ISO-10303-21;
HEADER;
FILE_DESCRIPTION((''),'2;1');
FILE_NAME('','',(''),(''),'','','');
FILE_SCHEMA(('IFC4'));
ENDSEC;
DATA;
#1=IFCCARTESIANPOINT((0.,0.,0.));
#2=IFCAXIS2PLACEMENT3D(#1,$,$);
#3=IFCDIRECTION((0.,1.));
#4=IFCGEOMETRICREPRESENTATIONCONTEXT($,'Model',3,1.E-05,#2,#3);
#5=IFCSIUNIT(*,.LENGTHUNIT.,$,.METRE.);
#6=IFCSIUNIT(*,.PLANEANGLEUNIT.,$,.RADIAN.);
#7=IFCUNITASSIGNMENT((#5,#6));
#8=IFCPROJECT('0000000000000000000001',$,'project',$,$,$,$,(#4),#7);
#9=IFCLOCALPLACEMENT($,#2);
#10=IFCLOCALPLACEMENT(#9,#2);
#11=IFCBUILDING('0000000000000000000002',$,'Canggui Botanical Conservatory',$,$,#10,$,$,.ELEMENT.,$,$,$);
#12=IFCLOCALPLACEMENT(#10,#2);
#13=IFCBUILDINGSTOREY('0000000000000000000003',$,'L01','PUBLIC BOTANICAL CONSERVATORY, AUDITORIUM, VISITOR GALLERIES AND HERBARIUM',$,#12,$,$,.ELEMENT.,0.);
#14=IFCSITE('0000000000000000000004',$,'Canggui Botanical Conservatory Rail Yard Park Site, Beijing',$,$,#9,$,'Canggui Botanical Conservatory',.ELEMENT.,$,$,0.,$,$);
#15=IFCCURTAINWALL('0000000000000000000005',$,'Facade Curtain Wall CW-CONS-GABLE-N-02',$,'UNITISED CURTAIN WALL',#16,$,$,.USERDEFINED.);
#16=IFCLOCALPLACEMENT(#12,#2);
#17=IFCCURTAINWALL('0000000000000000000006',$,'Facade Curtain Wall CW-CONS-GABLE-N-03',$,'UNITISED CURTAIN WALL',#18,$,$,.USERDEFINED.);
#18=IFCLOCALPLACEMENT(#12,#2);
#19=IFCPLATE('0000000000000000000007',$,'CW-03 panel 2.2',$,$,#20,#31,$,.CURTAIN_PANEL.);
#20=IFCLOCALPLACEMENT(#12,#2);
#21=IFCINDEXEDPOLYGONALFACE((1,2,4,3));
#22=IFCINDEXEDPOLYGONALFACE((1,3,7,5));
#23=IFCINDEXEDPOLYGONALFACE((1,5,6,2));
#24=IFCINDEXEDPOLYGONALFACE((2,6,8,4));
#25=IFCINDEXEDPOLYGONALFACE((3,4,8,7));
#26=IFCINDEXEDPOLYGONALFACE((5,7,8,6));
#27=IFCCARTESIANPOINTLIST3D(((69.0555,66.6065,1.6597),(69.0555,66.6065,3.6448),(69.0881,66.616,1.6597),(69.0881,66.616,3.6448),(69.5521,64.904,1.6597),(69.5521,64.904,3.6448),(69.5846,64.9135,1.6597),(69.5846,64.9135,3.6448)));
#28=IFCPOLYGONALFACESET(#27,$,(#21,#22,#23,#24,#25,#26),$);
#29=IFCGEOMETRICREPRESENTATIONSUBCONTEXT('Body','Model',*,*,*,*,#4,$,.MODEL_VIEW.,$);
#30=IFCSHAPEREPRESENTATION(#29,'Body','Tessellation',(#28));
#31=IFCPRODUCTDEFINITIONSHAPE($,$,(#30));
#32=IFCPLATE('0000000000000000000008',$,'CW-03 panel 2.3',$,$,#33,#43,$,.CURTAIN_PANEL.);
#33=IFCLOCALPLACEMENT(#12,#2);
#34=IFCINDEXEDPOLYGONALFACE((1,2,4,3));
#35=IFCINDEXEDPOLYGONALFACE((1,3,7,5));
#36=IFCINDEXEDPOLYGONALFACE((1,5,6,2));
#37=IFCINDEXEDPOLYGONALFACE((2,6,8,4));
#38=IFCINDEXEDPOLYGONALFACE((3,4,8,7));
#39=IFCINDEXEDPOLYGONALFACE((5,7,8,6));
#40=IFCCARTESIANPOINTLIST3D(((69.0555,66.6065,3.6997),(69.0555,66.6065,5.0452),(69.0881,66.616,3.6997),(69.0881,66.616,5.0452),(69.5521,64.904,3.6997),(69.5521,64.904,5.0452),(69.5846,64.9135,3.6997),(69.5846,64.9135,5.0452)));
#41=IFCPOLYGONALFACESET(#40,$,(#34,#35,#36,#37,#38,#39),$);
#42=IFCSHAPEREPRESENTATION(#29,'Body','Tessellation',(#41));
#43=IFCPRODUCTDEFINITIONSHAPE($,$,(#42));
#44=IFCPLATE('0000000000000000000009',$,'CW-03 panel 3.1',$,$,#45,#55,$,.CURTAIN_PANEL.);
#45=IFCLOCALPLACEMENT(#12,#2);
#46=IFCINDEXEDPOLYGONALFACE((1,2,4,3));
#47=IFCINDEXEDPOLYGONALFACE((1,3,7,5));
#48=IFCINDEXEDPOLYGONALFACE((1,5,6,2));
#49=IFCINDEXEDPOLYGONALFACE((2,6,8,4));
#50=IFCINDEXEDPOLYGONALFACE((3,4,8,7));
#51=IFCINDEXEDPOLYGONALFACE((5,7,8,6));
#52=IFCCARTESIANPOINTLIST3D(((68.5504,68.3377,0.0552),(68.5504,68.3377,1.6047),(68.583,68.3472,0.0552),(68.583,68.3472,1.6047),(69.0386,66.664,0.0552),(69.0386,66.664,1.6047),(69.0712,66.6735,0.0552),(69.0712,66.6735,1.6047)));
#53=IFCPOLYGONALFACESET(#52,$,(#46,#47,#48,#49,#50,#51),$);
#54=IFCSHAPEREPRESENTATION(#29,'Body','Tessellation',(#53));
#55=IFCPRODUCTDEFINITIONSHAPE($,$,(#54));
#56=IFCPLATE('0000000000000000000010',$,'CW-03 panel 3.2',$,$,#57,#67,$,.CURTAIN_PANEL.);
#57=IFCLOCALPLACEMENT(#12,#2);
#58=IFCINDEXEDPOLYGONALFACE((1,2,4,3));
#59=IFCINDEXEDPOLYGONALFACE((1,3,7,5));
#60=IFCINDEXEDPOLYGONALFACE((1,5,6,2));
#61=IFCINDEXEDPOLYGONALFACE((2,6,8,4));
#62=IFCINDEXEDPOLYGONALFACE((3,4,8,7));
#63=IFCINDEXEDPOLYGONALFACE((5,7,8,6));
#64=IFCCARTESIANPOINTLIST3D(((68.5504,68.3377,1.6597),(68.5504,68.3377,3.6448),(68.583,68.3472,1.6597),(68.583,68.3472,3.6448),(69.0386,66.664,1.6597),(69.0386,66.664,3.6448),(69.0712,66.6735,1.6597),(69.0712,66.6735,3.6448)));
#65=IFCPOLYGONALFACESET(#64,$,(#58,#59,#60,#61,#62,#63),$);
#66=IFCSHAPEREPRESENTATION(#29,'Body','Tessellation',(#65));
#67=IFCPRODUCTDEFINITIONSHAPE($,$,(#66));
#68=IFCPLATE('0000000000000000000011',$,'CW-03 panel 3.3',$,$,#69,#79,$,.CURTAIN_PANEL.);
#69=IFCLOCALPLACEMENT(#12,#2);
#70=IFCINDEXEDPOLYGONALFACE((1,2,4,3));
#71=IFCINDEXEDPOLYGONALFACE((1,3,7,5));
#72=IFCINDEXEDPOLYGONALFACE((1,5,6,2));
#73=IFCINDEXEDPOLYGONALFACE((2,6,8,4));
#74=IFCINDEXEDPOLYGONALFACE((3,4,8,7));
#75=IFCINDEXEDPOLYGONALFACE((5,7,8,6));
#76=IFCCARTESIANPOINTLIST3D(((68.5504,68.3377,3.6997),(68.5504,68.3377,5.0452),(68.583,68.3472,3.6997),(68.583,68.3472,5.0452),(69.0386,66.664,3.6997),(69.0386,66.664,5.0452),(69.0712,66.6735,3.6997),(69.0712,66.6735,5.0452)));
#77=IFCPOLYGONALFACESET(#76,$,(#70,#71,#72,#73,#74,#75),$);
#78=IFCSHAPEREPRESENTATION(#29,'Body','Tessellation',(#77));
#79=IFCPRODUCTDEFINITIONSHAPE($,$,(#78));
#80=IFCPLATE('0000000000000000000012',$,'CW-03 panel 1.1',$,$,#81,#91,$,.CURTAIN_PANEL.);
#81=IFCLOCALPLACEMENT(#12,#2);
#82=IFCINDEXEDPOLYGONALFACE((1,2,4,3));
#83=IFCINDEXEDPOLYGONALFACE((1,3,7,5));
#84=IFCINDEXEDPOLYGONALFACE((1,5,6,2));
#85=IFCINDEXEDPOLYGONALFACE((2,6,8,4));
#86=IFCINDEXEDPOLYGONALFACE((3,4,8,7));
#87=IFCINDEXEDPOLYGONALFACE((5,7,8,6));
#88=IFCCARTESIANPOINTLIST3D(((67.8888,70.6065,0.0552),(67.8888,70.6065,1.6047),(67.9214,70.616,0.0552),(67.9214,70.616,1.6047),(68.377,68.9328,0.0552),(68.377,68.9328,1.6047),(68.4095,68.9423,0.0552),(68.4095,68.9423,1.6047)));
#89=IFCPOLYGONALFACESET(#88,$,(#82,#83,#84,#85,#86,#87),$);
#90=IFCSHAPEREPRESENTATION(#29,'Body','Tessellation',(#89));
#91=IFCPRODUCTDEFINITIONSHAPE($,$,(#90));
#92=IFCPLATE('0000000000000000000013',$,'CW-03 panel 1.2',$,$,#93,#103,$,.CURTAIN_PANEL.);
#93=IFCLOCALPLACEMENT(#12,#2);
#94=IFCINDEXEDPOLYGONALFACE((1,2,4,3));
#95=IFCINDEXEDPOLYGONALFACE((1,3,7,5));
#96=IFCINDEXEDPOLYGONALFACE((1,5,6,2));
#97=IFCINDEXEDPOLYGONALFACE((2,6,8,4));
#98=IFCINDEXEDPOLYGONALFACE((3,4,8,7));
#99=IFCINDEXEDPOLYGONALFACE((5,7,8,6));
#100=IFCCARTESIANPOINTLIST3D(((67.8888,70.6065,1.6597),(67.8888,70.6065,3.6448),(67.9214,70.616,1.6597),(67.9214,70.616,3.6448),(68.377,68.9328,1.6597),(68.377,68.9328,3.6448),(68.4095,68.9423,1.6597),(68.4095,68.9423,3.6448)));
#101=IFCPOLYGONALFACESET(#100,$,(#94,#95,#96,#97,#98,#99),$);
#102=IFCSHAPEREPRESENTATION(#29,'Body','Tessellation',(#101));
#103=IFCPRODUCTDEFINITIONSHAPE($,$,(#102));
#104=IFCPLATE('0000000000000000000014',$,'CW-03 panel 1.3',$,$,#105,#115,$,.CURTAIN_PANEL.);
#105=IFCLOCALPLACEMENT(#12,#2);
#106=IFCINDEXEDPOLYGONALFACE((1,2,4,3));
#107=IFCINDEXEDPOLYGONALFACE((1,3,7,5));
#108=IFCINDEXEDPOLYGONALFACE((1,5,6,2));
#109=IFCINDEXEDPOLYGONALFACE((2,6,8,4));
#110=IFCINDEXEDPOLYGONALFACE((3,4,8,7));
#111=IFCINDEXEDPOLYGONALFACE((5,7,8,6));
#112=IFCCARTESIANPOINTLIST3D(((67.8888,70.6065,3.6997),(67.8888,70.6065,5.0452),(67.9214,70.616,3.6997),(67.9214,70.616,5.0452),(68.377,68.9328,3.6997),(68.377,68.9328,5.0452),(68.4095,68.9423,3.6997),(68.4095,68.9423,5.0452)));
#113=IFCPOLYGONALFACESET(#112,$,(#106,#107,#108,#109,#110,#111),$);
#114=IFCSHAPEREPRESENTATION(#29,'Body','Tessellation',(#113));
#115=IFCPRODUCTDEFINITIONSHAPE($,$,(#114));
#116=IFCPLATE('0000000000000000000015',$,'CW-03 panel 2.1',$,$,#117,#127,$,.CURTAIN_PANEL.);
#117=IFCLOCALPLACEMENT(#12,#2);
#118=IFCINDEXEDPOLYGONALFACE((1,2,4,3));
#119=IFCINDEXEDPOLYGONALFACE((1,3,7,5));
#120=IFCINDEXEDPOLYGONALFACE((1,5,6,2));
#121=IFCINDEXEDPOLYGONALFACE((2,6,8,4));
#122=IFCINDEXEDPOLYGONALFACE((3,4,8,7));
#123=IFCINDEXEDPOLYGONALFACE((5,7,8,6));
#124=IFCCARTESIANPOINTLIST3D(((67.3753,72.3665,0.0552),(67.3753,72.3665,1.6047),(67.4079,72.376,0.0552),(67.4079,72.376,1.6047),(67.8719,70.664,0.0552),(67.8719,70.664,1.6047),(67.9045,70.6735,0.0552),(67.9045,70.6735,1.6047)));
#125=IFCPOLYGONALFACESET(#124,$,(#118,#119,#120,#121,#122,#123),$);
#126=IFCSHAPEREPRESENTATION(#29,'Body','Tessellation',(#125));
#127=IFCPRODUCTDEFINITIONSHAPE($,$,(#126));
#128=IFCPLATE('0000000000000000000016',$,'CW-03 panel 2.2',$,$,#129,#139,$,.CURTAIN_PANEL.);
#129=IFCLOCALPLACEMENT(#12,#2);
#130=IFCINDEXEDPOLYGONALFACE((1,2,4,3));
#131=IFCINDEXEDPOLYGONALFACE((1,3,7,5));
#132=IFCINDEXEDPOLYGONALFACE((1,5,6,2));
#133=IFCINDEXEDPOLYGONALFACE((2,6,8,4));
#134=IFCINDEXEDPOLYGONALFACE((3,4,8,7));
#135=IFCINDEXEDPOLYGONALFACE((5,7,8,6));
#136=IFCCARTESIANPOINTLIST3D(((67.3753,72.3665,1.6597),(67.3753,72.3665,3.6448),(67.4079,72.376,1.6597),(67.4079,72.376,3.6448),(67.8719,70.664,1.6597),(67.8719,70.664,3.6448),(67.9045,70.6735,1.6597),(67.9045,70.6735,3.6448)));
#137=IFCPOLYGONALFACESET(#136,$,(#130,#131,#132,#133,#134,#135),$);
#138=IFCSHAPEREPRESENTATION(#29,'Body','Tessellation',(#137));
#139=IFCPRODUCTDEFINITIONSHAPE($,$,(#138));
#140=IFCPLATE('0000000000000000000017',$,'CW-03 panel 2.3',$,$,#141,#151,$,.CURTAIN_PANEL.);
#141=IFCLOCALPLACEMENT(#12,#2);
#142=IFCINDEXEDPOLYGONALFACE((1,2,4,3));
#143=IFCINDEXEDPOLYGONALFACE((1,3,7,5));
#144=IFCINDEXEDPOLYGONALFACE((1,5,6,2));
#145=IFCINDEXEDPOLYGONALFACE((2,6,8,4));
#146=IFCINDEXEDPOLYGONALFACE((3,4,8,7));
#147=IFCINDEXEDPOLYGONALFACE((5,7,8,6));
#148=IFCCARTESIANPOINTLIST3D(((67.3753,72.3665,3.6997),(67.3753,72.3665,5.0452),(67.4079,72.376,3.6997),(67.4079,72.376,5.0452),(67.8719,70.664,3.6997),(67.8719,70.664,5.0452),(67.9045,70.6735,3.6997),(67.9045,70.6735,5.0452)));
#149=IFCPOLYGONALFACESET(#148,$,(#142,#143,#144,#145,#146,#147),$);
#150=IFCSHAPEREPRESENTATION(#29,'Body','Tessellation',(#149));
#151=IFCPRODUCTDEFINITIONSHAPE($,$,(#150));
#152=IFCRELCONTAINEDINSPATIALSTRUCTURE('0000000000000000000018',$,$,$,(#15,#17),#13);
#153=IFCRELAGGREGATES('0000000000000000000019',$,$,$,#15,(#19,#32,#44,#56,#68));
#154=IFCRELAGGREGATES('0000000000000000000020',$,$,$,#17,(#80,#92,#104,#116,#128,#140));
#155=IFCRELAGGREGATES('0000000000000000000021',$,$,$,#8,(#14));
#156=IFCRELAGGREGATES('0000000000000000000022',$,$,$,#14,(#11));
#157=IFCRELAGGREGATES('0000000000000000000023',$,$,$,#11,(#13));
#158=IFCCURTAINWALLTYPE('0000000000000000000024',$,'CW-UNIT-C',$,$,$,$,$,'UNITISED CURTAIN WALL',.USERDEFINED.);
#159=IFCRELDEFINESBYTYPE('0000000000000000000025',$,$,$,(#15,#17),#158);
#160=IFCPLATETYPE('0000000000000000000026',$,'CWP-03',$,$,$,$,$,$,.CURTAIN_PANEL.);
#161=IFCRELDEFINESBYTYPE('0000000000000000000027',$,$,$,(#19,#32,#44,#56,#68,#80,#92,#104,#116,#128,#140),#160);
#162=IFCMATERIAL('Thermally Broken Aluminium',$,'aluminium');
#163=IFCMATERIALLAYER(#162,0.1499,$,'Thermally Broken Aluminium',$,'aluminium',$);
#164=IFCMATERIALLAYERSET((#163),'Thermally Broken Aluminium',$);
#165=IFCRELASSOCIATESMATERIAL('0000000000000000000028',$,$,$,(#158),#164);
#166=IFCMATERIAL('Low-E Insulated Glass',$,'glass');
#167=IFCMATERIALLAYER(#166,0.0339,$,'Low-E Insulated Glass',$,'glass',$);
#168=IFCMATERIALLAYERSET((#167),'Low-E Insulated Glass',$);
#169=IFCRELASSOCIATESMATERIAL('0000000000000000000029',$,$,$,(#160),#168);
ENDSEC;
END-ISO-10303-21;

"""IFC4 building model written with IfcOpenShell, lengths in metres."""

from ifc_helpers import new_model, si_unit, direction, frame, origin, origin_2d, place, context, subcontext, project, spatial, rectangle, extrude, material, layer, layer_set, type_object, element, aggregate, save


model = new_model("IFC4")

# Units and contexts
model_context = context("Model", 3, precision=1e-05, world=origin(), true_north=direction((0.0, 1.0)))
body_context = subcontext(model_context, "Body", "Model", "MODEL_VIEW")
ifc_project = project(units=[si_unit("LENGTHUNIT", "METRE"), si_unit("PLANEANGLEUNIT", "RADIAN")], contexts=[model_context])

# Site, building, storey
site_placement = place(None, origin())
site = spatial("IfcSite", under=ifc_project, at=site_placement, Name="Canggui Botanical Conservatory Rail Yard Park Site, Beijing", LongName="Canggui Botanical Conservatory", CompositionType="ELEMENT", RefElevation=0.0)
building_placement = place(site_placement, origin())
building = spatial("IfcBuilding", under=site, at=building_placement, Name="Canggui Botanical Conservatory", CompositionType="ELEMENT")
storey_placement = place(building_placement, origin())
storey = spatial("IfcBuildingStorey", under=building, at=storey_placement, Name="L01", Description="PUBLIC BOTANICAL CONSERVATORY, AUDITORIUM, VISITOR GALLERIES AND HERBARIUM", CompositionType="ELEMENT", Elevation=0.0)

# Curtain walls
ifc_material_1 = material(Name="Thermally Broken Aluminium", Category="aluminium")
ifc_layer_1 = layer(ifc_material_1, 0.1499, Name="Thermally Broken Aluminium", Category="aluminium")
ifc_layer_set_1 = layer_set([ifc_layer_1], Name="Thermally Broken Aluminium")
curtain_wall_type = type_object("IfcCurtainWallType", Name="CW-UNIT-C", ElementType="UNITISED CURTAIN WALL", PredefinedType="USERDEFINED", material=ifc_layer_set_1)
curtain_wall_1_placement = place(storey_placement, origin())
curtain_wall_1 = element("IfcCurtainWall", 1, at=curtain_wall_1_placement, inside=storey, type_object=curtain_wall_type, Name="Facade Curtain Wall CW-CONS-GABLE-N-02", ObjectType="UNITISED CURTAIN WALL", PredefinedType="USERDEFINED")
curtain_wall_2_placement = place(storey_placement, origin())
curtain_wall_2 = element("IfcCurtainWall", 2, at=curtain_wall_2_placement, inside=storey, type_object=curtain_wall_type, Name="Facade Curtain Wall CW-CONS-GABLE-N-03", ObjectType="UNITISED CURTAIN WALL", PredefinedType="USERDEFINED")

# Plates
ifc_material_2 = material(Name="Low-E Insulated Glass", Category="glass")
ifc_layer_2 = layer(ifc_material_2, 0.0339, Name="Low-E Insulated Glass", Category="glass")
ifc_layer_set_2 = layer_set([ifc_layer_2], Name="Low-E Insulated Glass")
plate_type = type_object("IfcPlateType", Name="CWP-03", PredefinedType="CURTAIN_PANEL", material=ifc_layer_set_2)
plate_1_placement = place(storey_placement, frame((69.3201, 65.76, 1.6597), z_axis=(0.0, 0.0, 1.0), x_axis=(-0.28, 0.96, 0.0)))
plate_1 = element("IfcPlate", 3, at=plate_1_placement, type_object=plate_type, Name="CW-03 panel 2.2", PredefinedType="CURTAIN_PANEL", context=body_context, shape_type="SweptSolid", body=[
    extrude(rectangle(XDim=1.7734, YDim=0.0339, at=origin_2d()), origin(), (0.0, 0.0, 1.0), 1.9851),
])
plate_2_placement = place(storey_placement, frame((69.3201, 65.76, 3.6997), z_axis=(0.0, 0.0, 1.0), x_axis=(-0.28, 0.96, 0.0)))
plate_2 = element("IfcPlate", 4, at=plate_2_placement, type_object=plate_type, Name="CW-03 panel 2.3", PredefinedType="CURTAIN_PANEL", context=body_context, shape_type="SweptSolid", body=[
    extrude(rectangle(XDim=1.7734, YDim=0.0339, at=origin_2d()), origin(), (0.0, 0.0, 1.0), 1.3455),
])
plate_3_placement = place(storey_placement, frame((68.8108, 67.5056, 0.0552), z_axis=(0.0, 0.0, 1.0), x_axis=(-0.28, 0.96, 0.0)))
plate_3 = element("IfcPlate", 5, at=plate_3_placement, type_object=plate_type, Name="CW-03 panel 3.1", PredefinedType="CURTAIN_PANEL", context=body_context, shape_type="SweptSolid", body=[
    extrude(rectangle(XDim=1.7434, YDim=0.0339, at=origin_2d()), origin(), (0.0, 0.0, 1.0), 1.5496),
])
plate_4_placement = place(storey_placement, frame((68.8108, 67.5056, 1.6597), z_axis=(0.0, 0.0, 1.0), x_axis=(-0.28, 0.96, 0.0)))
plate_4 = element("IfcPlate", 6, at=plate_4_placement, type_object=plate_type, Name="CW-03 panel 3.2", PredefinedType="CURTAIN_PANEL", context=body_context, shape_type="SweptSolid", body=[
    extrude(rectangle(XDim=1.7434, YDim=0.0339, at=origin_2d()), origin(), (0.0, 0.0, 1.0), 1.9851),
])
plate_5_placement = place(storey_placement, frame((68.8108, 67.5056, 3.6997), z_axis=(0.0, 0.0, 1.0), x_axis=(-0.28, 0.96, 0.0)))
plate_5 = element("IfcPlate", 7, at=plate_5_placement, type_object=plate_type, Name="CW-03 panel 3.3", PredefinedType="CURTAIN_PANEL", context=body_context, shape_type="SweptSolid", body=[
    extrude(rectangle(XDim=1.7434, YDim=0.0339, at=origin_2d()), origin(), (0.0, 0.0, 1.0), 1.3455),
])
aggregate(curtain_wall_1, [plate_1, plate_2, plate_3, plate_4, plate_5])
plate_6_placement = place(storey_placement, frame((68.1492, 69.7744, 0.0552), z_axis=(0.0, 0.0, 1.0), x_axis=(-0.28, 0.96, 0.0)))
plate_6 = element("IfcPlate", 8, at=plate_6_placement, type_object=plate_type, Name="CW-03 panel 1.1", PredefinedType="CURTAIN_PANEL", context=body_context, shape_type="SweptSolid", body=[
    extrude(rectangle(XDim=1.7434, YDim=0.0339, at=origin_2d()), origin(), (0.0, 0.0, 1.0), 1.5496),
])
plate_7_placement = place(storey_placement, frame((68.1492, 69.7744, 1.6597), z_axis=(0.0, 0.0, 1.0), x_axis=(-0.28, 0.96, 0.0)))
plate_7 = element("IfcPlate", 9, at=plate_7_placement, type_object=plate_type, Name="CW-03 panel 1.2", PredefinedType="CURTAIN_PANEL", context=body_context, shape_type="SweptSolid", body=[
    extrude(rectangle(XDim=1.7434, YDim=0.0339, at=origin_2d()), origin(), (0.0, 0.0, 1.0), 1.9851),
])
plate_8_placement = place(storey_placement, frame((68.1492, 69.7744, 3.6997), z_axis=(0.0, 0.0, 1.0), x_axis=(-0.28, 0.96, 0.0)))
plate_8 = element("IfcPlate", 10, at=plate_8_placement, type_object=plate_type, Name="CW-03 panel 1.3", PredefinedType="CURTAIN_PANEL", context=body_context, shape_type="SweptSolid", body=[
    extrude(rectangle(XDim=1.7434, YDim=0.0339, at=origin_2d()), origin(), (0.0, 0.0, 1.0), 1.3455),
])
plate_9_placement = place(storey_placement, frame((67.6399, 71.52, 0.0552), z_axis=(0.0, 0.0, 1.0), x_axis=(-0.28, 0.96, 0.0)))
plate_9 = element("IfcPlate", 11, at=plate_9_placement, type_object=plate_type, Name="CW-03 panel 2.1", PredefinedType="CURTAIN_PANEL", context=body_context, shape_type="SweptSolid", body=[
    extrude(rectangle(XDim=1.7734, YDim=0.0339, at=origin_2d()), origin(), (0.0, 0.0, 1.0), 1.5496),
])
plate_10_placement = place(storey_placement, frame((67.6399, 71.52, 1.6597), z_axis=(0.0, 0.0, 1.0), x_axis=(-0.28, 0.96, 0.0)))
plate_10 = element("IfcPlate", 12, at=plate_10_placement, type_object=plate_type, Name="CW-03 panel 2.2", PredefinedType="CURTAIN_PANEL", context=body_context, shape_type="SweptSolid", body=[
    extrude(rectangle(XDim=1.7734, YDim=0.0339, at=origin_2d()), origin(), (0.0, 0.0, 1.0), 1.9851),
])
plate_11_placement = place(storey_placement, frame((67.6399, 71.52, 3.6997), z_axis=(0.0, 0.0, 1.0), x_axis=(-0.28, 0.96, 0.0)))
plate_11 = element("IfcPlate", 13, at=plate_11_placement, type_object=plate_type, Name="CW-03 panel 2.3", PredefinedType="CURTAIN_PANEL", context=body_context, shape_type="SweptSolid", body=[
    extrude(rectangle(XDim=1.7734, YDim=0.0339, at=origin_2d()), origin(), (0.0, 0.0, 1.0), 1.3455),
])
aggregate(curtain_wall_2, [plate_6, plate_7, plate_8, plate_9, plate_10, plate_11])

save(model, "model.ifc")
